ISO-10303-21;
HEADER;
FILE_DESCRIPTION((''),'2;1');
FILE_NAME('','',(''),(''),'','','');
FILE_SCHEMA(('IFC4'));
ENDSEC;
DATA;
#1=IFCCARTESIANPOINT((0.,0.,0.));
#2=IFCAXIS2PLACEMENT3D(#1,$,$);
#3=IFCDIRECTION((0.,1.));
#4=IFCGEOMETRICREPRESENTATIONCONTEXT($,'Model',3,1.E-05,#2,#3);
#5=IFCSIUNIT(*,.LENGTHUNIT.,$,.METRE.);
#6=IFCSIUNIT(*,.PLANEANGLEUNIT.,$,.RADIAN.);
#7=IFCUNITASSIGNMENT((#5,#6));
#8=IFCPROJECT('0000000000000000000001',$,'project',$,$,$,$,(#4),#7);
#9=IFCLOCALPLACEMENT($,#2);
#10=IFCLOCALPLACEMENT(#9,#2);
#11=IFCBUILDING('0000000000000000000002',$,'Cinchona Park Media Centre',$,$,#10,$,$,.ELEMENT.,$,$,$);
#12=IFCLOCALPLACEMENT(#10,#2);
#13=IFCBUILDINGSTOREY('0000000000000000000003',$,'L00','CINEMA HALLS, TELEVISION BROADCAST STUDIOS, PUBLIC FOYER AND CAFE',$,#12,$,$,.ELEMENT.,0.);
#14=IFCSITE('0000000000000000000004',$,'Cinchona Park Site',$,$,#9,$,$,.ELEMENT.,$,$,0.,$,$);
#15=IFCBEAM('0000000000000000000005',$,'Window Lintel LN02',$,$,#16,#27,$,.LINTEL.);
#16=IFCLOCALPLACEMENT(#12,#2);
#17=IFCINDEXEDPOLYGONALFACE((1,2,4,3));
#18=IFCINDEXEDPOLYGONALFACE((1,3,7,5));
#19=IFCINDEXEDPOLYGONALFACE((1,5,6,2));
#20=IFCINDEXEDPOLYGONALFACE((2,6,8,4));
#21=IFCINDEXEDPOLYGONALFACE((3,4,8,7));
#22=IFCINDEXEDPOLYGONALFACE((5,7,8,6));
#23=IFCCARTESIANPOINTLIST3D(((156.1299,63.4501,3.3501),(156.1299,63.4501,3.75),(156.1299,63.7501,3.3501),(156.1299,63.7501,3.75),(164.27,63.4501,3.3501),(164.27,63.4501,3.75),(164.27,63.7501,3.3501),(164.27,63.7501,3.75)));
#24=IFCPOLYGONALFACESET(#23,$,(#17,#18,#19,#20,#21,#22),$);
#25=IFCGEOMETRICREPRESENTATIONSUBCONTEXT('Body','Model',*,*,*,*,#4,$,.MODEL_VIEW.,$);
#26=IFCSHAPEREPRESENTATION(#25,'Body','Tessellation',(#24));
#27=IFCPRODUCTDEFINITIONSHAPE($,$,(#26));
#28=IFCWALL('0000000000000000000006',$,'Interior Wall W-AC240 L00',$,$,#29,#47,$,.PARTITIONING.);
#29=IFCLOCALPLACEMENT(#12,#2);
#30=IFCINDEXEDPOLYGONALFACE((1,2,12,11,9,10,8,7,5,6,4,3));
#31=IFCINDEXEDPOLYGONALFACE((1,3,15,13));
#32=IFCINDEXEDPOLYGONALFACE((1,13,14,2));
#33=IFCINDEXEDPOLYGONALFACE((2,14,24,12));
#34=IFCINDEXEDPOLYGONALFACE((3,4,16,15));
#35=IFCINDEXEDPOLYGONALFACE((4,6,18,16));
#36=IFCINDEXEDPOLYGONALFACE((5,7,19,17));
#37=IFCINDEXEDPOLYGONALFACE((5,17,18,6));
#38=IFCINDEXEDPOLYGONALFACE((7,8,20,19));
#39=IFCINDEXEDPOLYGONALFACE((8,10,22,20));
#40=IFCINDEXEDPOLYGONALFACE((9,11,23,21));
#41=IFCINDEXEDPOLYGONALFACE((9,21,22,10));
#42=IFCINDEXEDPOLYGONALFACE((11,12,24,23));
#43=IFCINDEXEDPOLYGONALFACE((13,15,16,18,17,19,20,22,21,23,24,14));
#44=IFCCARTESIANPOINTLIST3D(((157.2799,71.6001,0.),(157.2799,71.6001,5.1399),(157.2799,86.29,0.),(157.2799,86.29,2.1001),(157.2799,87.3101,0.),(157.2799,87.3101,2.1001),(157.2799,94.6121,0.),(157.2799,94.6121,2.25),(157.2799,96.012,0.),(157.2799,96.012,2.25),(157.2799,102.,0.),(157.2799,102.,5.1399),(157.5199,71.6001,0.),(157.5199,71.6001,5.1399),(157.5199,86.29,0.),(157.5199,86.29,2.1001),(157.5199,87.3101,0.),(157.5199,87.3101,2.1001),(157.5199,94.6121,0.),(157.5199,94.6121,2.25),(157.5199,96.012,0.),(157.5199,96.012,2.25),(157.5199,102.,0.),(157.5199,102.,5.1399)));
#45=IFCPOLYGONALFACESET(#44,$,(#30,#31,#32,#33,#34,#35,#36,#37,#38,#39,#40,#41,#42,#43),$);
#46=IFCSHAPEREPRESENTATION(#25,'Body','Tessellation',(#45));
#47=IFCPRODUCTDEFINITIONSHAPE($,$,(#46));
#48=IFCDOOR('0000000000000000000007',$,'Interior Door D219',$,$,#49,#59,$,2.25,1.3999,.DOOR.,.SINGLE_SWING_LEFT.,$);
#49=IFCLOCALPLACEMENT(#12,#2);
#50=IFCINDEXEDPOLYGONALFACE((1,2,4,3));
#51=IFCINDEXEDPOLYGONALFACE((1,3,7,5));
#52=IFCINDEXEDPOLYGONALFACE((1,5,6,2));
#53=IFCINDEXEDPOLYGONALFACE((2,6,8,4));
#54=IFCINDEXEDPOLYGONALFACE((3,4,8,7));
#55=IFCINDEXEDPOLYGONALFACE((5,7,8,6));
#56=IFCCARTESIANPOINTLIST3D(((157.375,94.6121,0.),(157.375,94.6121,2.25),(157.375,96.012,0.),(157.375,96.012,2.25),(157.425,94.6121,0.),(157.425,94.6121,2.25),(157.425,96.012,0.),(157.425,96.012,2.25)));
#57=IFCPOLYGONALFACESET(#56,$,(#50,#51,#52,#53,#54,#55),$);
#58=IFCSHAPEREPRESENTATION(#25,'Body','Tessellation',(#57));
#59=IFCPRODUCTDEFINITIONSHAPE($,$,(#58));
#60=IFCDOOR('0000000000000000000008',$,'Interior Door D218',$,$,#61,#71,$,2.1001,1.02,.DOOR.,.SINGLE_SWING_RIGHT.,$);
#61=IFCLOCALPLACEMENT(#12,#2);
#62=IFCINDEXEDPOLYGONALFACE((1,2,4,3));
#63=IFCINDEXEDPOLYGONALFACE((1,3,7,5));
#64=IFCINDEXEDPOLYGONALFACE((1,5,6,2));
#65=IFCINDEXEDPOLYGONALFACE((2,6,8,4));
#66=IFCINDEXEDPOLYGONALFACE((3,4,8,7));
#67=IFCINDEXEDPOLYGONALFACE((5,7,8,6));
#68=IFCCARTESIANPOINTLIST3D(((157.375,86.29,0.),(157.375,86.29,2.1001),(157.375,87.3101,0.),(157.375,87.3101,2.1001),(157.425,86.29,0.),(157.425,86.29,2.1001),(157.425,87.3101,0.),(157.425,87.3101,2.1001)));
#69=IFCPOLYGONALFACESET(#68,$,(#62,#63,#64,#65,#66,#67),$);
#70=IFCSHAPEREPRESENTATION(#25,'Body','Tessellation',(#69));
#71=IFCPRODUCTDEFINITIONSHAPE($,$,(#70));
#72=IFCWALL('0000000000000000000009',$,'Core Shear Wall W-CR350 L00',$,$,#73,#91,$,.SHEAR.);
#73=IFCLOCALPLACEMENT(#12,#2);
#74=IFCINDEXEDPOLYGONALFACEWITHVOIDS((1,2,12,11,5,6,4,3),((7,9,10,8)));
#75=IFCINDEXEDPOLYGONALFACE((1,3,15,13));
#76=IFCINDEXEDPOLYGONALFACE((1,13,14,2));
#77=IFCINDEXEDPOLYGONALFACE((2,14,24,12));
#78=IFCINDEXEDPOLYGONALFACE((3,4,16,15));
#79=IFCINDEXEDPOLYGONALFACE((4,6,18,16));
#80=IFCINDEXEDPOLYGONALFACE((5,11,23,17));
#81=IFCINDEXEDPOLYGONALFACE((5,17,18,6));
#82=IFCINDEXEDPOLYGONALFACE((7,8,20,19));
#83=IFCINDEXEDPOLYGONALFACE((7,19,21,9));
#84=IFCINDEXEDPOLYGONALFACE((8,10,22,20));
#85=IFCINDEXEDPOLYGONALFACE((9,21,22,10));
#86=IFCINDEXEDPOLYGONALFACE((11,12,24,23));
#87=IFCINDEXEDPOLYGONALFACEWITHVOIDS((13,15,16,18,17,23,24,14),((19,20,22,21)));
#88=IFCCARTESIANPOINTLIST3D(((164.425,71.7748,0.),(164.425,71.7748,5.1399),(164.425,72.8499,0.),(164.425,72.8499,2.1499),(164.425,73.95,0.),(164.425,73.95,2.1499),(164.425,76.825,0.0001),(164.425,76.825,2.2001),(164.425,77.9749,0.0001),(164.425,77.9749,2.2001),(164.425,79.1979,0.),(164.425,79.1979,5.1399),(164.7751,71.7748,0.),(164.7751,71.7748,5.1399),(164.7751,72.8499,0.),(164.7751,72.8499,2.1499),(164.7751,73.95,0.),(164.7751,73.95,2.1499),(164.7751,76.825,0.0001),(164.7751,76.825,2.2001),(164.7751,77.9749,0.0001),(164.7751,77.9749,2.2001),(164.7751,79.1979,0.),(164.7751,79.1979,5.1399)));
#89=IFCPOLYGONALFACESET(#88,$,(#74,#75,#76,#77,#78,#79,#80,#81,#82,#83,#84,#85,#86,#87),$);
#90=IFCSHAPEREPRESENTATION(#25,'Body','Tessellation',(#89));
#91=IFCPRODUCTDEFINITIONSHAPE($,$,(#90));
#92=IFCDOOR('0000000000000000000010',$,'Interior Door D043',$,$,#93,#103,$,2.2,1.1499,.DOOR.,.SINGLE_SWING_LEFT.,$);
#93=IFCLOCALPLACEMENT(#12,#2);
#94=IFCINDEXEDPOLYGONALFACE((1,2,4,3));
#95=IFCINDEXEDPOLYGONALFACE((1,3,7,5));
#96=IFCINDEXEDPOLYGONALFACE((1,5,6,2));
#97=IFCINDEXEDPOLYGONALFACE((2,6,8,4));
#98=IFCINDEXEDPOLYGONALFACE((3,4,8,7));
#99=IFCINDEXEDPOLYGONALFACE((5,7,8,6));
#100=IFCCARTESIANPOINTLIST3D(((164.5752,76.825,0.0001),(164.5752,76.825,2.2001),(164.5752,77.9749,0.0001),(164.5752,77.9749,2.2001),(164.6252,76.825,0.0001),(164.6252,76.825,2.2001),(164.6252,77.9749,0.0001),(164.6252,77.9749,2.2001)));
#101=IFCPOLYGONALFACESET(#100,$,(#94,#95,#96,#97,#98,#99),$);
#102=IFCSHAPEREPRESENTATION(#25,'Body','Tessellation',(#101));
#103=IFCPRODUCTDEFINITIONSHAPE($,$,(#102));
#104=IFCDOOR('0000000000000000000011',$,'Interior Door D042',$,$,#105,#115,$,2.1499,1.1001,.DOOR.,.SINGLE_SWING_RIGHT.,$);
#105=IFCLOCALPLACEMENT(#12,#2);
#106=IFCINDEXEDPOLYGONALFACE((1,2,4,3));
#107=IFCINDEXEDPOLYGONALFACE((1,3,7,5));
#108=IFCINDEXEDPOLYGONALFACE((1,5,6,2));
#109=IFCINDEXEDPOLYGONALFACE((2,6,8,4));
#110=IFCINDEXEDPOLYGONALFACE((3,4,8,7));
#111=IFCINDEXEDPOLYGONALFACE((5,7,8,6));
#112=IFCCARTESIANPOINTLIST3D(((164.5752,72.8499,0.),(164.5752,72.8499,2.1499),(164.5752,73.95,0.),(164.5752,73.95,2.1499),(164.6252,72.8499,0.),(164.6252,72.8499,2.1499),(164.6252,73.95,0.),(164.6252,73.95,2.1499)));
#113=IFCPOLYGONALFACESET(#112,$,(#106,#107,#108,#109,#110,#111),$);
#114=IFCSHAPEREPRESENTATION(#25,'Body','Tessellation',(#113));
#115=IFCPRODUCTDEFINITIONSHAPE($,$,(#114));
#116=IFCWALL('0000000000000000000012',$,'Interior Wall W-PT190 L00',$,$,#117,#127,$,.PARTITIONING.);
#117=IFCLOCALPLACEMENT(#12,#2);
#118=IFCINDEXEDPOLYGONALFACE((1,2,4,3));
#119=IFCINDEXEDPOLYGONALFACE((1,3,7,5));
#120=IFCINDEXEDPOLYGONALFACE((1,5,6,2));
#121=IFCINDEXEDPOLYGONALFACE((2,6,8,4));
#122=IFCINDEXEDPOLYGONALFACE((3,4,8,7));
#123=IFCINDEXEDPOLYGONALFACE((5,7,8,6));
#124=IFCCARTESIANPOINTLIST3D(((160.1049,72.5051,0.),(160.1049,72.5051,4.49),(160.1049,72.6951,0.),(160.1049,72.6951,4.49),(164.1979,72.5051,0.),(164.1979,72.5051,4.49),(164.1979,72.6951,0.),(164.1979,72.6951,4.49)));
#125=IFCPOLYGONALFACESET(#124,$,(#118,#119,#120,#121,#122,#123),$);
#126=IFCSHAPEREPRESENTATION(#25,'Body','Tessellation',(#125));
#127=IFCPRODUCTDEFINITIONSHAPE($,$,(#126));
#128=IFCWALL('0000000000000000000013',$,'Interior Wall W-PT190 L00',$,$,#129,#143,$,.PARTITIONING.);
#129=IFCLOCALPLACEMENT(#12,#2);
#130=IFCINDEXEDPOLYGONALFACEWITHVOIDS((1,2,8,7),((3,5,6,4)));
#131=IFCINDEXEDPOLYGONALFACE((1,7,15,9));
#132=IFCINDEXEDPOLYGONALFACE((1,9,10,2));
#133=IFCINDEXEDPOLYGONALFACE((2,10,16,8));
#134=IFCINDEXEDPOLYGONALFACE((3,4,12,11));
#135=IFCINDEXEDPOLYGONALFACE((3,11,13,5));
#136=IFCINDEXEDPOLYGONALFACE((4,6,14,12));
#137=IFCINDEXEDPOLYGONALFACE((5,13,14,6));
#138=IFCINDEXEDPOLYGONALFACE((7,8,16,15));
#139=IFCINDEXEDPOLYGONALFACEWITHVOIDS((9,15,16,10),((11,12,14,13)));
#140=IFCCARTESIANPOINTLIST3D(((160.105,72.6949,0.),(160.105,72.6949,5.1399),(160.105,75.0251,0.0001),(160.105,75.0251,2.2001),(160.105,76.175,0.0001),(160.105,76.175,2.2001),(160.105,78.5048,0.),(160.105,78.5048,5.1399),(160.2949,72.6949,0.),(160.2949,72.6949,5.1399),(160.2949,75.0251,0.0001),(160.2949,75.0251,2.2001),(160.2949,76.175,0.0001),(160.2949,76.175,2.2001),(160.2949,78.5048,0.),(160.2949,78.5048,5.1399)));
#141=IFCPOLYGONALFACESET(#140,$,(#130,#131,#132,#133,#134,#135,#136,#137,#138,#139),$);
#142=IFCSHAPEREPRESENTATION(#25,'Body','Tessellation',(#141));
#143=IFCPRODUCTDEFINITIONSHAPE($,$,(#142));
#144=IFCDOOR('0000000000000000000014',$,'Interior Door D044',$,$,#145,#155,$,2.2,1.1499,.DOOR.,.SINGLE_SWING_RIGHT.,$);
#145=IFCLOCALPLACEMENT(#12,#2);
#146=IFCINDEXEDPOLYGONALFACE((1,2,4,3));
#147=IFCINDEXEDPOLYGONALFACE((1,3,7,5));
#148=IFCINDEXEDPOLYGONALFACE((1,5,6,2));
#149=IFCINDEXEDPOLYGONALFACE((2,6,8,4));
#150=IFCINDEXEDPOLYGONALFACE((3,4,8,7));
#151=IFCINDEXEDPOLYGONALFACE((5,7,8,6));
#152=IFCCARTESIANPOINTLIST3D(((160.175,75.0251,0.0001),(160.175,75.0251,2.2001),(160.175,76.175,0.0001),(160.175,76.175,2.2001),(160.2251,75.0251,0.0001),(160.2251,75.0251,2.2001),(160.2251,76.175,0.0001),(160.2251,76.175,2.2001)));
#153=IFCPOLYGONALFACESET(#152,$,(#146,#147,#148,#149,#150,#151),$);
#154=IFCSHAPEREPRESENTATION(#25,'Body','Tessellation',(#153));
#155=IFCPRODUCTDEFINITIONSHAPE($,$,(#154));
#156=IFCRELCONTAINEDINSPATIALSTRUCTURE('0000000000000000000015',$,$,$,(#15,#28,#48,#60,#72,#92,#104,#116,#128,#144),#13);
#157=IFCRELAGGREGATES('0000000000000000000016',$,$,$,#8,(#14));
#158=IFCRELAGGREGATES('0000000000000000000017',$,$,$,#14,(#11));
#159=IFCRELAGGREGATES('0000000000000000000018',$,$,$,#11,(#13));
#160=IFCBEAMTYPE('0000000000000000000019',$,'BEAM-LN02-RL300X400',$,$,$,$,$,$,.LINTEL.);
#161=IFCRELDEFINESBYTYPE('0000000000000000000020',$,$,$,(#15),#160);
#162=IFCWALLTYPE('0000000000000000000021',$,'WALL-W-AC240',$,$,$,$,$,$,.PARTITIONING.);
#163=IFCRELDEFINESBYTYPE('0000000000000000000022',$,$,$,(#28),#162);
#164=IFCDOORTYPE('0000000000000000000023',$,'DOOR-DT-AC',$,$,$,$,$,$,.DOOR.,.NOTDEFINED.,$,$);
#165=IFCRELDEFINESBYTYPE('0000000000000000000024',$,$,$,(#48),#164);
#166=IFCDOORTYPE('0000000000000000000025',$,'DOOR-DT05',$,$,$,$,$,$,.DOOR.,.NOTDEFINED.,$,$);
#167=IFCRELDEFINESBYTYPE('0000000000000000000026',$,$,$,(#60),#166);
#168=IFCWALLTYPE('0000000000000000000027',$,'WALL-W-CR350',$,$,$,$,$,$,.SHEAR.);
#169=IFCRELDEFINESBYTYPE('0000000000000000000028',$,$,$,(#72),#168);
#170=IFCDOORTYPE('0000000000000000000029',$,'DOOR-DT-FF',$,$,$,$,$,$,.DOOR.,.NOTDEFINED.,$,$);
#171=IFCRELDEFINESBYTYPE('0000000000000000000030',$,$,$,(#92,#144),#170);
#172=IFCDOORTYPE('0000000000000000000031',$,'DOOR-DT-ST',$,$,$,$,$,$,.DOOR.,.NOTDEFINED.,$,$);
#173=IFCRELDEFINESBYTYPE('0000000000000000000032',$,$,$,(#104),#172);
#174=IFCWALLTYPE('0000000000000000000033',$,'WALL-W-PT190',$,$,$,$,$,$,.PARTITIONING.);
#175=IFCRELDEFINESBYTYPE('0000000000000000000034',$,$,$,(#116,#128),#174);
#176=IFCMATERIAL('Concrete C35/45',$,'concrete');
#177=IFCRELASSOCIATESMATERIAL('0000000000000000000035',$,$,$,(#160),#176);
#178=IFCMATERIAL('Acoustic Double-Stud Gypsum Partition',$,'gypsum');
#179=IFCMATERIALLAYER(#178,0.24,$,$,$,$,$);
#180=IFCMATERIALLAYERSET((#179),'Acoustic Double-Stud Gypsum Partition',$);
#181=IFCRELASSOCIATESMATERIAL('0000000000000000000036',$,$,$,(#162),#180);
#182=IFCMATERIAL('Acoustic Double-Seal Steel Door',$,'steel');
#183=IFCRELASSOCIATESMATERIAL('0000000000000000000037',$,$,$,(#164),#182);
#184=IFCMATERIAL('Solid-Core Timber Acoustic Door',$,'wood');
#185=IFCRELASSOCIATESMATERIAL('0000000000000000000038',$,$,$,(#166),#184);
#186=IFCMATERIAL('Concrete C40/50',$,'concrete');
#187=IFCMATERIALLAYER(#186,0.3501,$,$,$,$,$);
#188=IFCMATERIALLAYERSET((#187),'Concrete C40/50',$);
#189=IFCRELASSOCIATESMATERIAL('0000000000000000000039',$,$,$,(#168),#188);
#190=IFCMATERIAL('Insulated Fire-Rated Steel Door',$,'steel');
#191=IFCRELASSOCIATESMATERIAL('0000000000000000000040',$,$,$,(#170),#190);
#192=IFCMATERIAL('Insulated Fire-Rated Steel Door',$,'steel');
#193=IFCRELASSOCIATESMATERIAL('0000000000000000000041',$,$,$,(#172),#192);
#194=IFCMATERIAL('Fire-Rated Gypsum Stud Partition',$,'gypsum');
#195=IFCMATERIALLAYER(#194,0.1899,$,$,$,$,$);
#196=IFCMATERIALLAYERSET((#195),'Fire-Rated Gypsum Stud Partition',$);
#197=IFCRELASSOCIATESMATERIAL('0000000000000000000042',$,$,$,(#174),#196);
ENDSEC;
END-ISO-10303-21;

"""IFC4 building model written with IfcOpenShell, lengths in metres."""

from ifc_helpers import new_model, si_unit, direction, frame, frame_2d, origin, origin_2d, place, context, subcontext, project, spatial, rectangle, extrude, material, layer, layer_set, material_profile, profile_set, type_object, element, fill, save


model = new_model("IFC4")

# Units and contexts
model_context = context("Model", 3, precision=1e-05, world=origin(), true_north=direction((0.0, 1.0)))
body_context = subcontext(model_context, "Body", "Model", "MODEL_VIEW")
ifc_project = project(units=[si_unit("LENGTHUNIT", "METRE"), si_unit("PLANEANGLEUNIT", "RADIAN")], contexts=[model_context])

# Site, building, storey
site_placement = place(None, origin())
site = spatial("IfcSite", under=ifc_project, at=site_placement, Name="Cinchona Park Site", CompositionType="ELEMENT", RefElevation=0.0)
building_placement = place(site_placement, origin())
building = spatial("IfcBuilding", under=site, at=building_placement, Name="Cinchona Park Media Centre", CompositionType="ELEMENT")
storey_placement = place(building_placement, origin())
storey = spatial("IfcBuildingStorey", under=building, at=storey_placement, Name="L00", Description="CINEMA HALLS, TELEVISION BROADCAST STUDIOS, PUBLIC FOYER AND CAFE", CompositionType="ELEMENT", Elevation=0.0)

# Beam
ifc_material_1 = material(Name="Concrete C35/45", Category="concrete")
ifc_material_profile_1 = material_profile(ifc_material_1, rectangle(XDim=0.3, YDim=0.3999, at=origin_2d()), Name="RL 300X400")
ifc_profile_set_1 = profile_set([ifc_material_profile_1], Name="Concrete C35/45")
beam_type_1 = type_object("IfcBeamType", Name="BEAM-LN02-RL300X400", PredefinedType="LINTEL", material=ifc_profile_set_1)
beam_1_placement = place(storey_placement, frame((156.1299, 63.6001, 3.55), z_axis=(1.0, 0.0, 0.0), x_axis=(0.0, 1.0, 0.0)))
element("IfcBeam", 1, at=beam_1_placement, inside=storey, type_object=beam_type_1, Name="Window Lintel LN02", PredefinedType="LINTEL", context=body_context, shape_type="SweptSolid", body=[
    extrude(rectangle(XDim=0.3, YDim=0.3999, at=origin_2d()), origin(), (0.0, 0.0, 1.0), 8.1401),
])

# Walls, openings, doors
ifc_material_2 = material(Name="Acoustic Double-Stud Gypsum Partition", Category="gypsum")
ifc_layer_1 = layer(ifc_material_2, 0.24)
ifc_layer_set_1 = layer_set([ifc_layer_1], Name="Acoustic Double-Stud Gypsum Partition")
wall_type_1 = type_object("IfcWallType", Name="WALL-W-AC240", PredefinedType="PARTITIONING", material=ifc_layer_set_1)
wall_1_placement = place(storey_placement, frame((157.3999, 71.6001, 0.0), z_axis=(0.0, 0.0, 1.0), x_axis=(0.0, 1.0, 0.0)))
wall_1 = element("IfcWall", 2, at=wall_1_placement, inside=storey, type_object=wall_type_1, Name="Interior Wall W-AC240 L00", PredefinedType="PARTITIONING", context=body_context, shape_type="SweptSolid", body=[
    extrude(rectangle(XDim=30.3999, YDim=0.24, at=frame_2d((15.2, 0.0))), origin(), (0.0, 0.0, 1.0), 5.1399),
])
opening_1_placement = place(wall_1_placement, frame((14.6899, 0.0, 0.0)))
opening_1 = element("IfcOpeningElement", 3, at=opening_1_placement, cuts=wall_1, PredefinedType="OPENING", context=body_context, shape_type="SweptSolid", body=[
    extrude(rectangle(XDim=1.02, YDim=2.1001, at=frame_2d((0.51, 1.05))), frame((0.0, 0.1299, 0.0), z_axis=(0.0, -1.0, 0.0), x_axis=(1.0, 0.0, 0.0)), (0.0, 0.0, 1.0), 0.26),
])
opening_2_placement = place(wall_1_placement, frame((23.012, 0.0, 0.0)))
opening_2 = element("IfcOpeningElement", 4, at=opening_2_placement, cuts=wall_1, PredefinedType="OPENING", context=body_context, shape_type="SweptSolid", body=[
    extrude(rectangle(XDim=1.3999, YDim=2.25, at=frame_2d((0.7, 1.125))), frame((0.0, 0.1299, 0.0), z_axis=(0.0, -1.0, 0.0), x_axis=(1.0, 0.0, 0.0)), (0.0, 0.0, 1.0), 0.26),
])
ifc_material_3 = material(Name="Acoustic Double-Seal Steel Door", Category="steel")
door_type_1 = type_object("IfcDoorType", Name="DOOR-DT-AC", OperationType="NOTDEFINED", PredefinedType="DOOR", material=ifc_material_3)
door_1_placement = place(opening_2_placement, origin())
door_1 = element("IfcDoor", 5, at=door_1_placement, inside=storey, type_object=door_type_1, Name="Interior Door D219", OperationType="SINGLE_SWING_LEFT", OverallHeight=2.25, OverallWidth=1.3999, PredefinedType="DOOR", context=body_context, shape_type="SweptSolid", body=[
    extrude(rectangle(XDim=1.3999, YDim=2.25, at=frame_2d((0.7, 1.125))), frame((0.0, 0.0249, 0.0), z_axis=(0.0, -1.0, 0.0), x_axis=(1.0, 0.0, 0.0)), (0.0, 0.0, 1.0), 0.05),
])
fill(opening_2, door_1)
ifc_material_4 = material(Name="Solid-Core Timber Acoustic Door", Category="wood")
door_type_2 = type_object("IfcDoorType", Name="DOOR-DT05", OperationType="NOTDEFINED", PredefinedType="DOOR", material=ifc_material_4)
door_2_placement = place(opening_1_placement, origin())
door_2 = element("IfcDoor", 6, at=door_2_placement, inside=storey, type_object=door_type_2, Name="Interior Door D218", OperationType="SINGLE_SWING_RIGHT", OverallHeight=2.1001, OverallWidth=1.02, PredefinedType="DOOR", context=body_context, shape_type="SweptSolid", body=[
    extrude(rectangle(XDim=1.02, YDim=2.1001, at=frame_2d((0.51, 1.05))), frame((0.0, 0.0249, 0.0), z_axis=(0.0, -1.0, 0.0), x_axis=(1.0, 0.0, 0.0)), (0.0, 0.0, 1.0), 0.05),
])
fill(opening_1, door_2)
ifc_material_5 = material(Name="Concrete C40/50", Category="concrete")
ifc_layer_2 = layer(ifc_material_5, 0.3501)
ifc_layer_set_2 = layer_set([ifc_layer_2], Name="Concrete C40/50")
wall_type_2 = type_object("IfcWallType", Name="WALL-W-CR350", PredefinedType="SHEAR", material=ifc_layer_set_2)
wall_2_placement = place(storey_placement, frame((164.6001, 71.7749, 0.0), z_axis=(0.0, 0.0, 1.0), x_axis=(0.0, 1.0, 0.0)))
wall_2 = element("IfcWall", 7, at=wall_2_placement, inside=storey, type_object=wall_type_2, Name="Core Shear Wall W-CR350 L00", PredefinedType="SHEAR", context=body_context, shape_type="SweptSolid", body=[
    extrude(rectangle(XDim=7.4231, YDim=0.3501, at=frame_2d((3.7114, 0.0))), origin(), (0.0, 0.0, 1.0), 5.1399),
])
opening_3_placement = place(wall_2_placement, frame((1.075, 0.0, 0.0)))
opening_3 = element("IfcOpeningElement", 8, at=opening_3_placement, cuts=wall_2, PredefinedType="OPENING", context=body_context, shape_type="SweptSolid", body=[
    extrude(rectangle(XDim=1.1001, YDim=2.1499, at=frame_2d((0.55, 1.075))), frame((0.0, 0.1851, 0.0), z_axis=(0.0, -1.0, 0.0), x_axis=(1.0, 0.0, 0.0)), (0.0, 0.0, 1.0), 0.3701),
])
opening_4_placement = place(wall_2_placement, frame((5.05, 0.0, 0.0)))
opening_4 = element("IfcOpeningElement", 9, at=opening_4_placement, cuts=wall_2, PredefinedType="OPENING", context=body_context, shape_type="SweptSolid", body=[
    extrude(rectangle(XDim=1.1499, YDim=2.2, at=frame_2d((0.575, 1.1001))), frame((0.0, 0.1851, 0.0), z_axis=(0.0, -1.0, 0.0), x_axis=(1.0, 0.0, 0.0)), (0.0, 0.0, 1.0), 0.3701),
])
ifc_material_6 = material(Name="Insulated Fire-Rated Steel Door", Category="steel")
door_type_3 = type_object("IfcDoorType", Name="DOOR-DT-FF", OperationType="NOTDEFINED", PredefinedType="DOOR", material=ifc_material_6)
door_3_placement = place(opening_4_placement, origin())
door_3 = element("IfcDoor", 10, at=door_3_placement, inside=storey, type_object=door_type_3, Name="Interior Door D043", OperationType="SINGLE_SWING_LEFT", OverallHeight=2.2, OverallWidth=1.1499, PredefinedType="DOOR", context=body_context, shape_type="SweptSolid", body=[
    extrude(rectangle(XDim=1.1499, YDim=2.2, at=frame_2d((0.575, 1.1001))), frame((0.0, 0.0249, 0.0), z_axis=(0.0, -1.0, 0.0), x_axis=(1.0, 0.0, 0.0)), (0.0, 0.0, 1.0), 0.05),
])
fill(opening_4, door_3)
ifc_material_7 = material(Name="Insulated Fire-Rated Steel Door", Category="steel")
door_type_4 = type_object("IfcDoorType", Name="DOOR-DT-ST", OperationType="NOTDEFINED", PredefinedType="DOOR", material=ifc_material_7)
door_4_placement = place(opening_3_placement, origin())
door_4 = element("IfcDoor", 11, at=door_4_placement, inside=storey, type_object=door_type_4, Name="Interior Door D042", OperationType="SINGLE_SWING_RIGHT", OverallHeight=2.1499, OverallWidth=1.1001, PredefinedType="DOOR", context=body_context, shape_type="SweptSolid", body=[
    extrude(rectangle(XDim=1.1001, YDim=2.1499, at=frame_2d((0.55, 1.075))), frame((0.0, 0.0249, 0.0), z_axis=(0.0, -1.0, 0.0), x_axis=(1.0, 0.0, 0.0)), (0.0, 0.0, 1.0), 0.05),
])
fill(opening_3, door_4)

# Wall
ifc_material_8 = material(Name="Fire-Rated Gypsum Stud Partition", Category="gypsum")
ifc_layer_3 = layer(ifc_material_8, 0.1899)
ifc_layer_set_3 = layer_set([ifc_layer_3], Name="Fire-Rated Gypsum Stud Partition")
wall_type_3 = type_object("IfcWallType", Name="WALL-W-PT190", PredefinedType="PARTITIONING", material=ifc_layer_set_3)
wall_3_placement = place(storey_placement, frame((160.105, 72.6001, 0.0), z_axis=(0.0, 0.0, 1.0), x_axis=(1.0, 0.0, 0.0)))
element("IfcWall", 12, at=wall_3_placement, inside=storey, type_object=wall_type_3, Name="Interior Wall W-PT190 L00", PredefinedType="PARTITIONING", context=body_context, shape_type="SweptSolid", body=[
    extrude(rectangle(XDim=4.093, YDim=0.1899, at=frame_2d((2.0464, 0.0))), origin(), (0.0, 0.0, 1.0), 4.49),
])

# Wall, opening, door
wall_4_placement = place(storey_placement, frame((160.2, 72.6951, 0.0), z_axis=(0.0, 0.0, 1.0), x_axis=(0.0, 1.0, 0.0)))
wall_4 = element("IfcWall", 13, at=wall_4_placement, inside=storey, type_object=wall_type_3, Name="Interior Wall W-PT190 L00", PredefinedType="PARTITIONING", context=body_context, shape_type="SweptSolid", body=[
    extrude(rectangle(XDim=5.8098, YDim=0.1899, at=frame_2d((2.9048, 0.0))), origin(), (0.0, 0.0, 1.0), 5.1399),
])
opening_5_placement = place(wall_4_placement, frame((2.3301, 0.0, 0.0)))
opening_5 = element("IfcOpeningElement", 14, at=opening_5_placement, cuts=wall_4, PredefinedType="OPENING", context=body_context, shape_type="SweptSolid", body=[
    extrude(rectangle(XDim=1.1499, YDim=2.2, at=frame_2d((0.575, 1.1001))), frame((0.0, 0.105, 0.0), z_axis=(0.0, -1.0, 0.0), x_axis=(1.0, 0.0, 0.0)), (0.0, 0.0, 1.0), 0.21),
])
door_5_placement = place(opening_5_placement, origin())
door_5 = element("IfcDoor", 15, at=door_5_placement, inside=storey, type_object=door_type_3, Name="Interior Door D044", OperationType="SINGLE_SWING_RIGHT", OverallHeight=2.2, OverallWidth=1.1499, PredefinedType="DOOR", context=body_context, shape_type="SweptSolid", body=[
    extrude(rectangle(XDim=1.1499, YDim=2.2, at=frame_2d((0.575, 1.1001))), frame((0.0, 0.0249, 0.0), z_axis=(0.0, -1.0, 0.0), x_axis=(1.0, 0.0, 0.0)), (0.0, 0.0, 1.0), 0.05),
])
fill(opening_5, door_5)

save(model, "model.ifc")
